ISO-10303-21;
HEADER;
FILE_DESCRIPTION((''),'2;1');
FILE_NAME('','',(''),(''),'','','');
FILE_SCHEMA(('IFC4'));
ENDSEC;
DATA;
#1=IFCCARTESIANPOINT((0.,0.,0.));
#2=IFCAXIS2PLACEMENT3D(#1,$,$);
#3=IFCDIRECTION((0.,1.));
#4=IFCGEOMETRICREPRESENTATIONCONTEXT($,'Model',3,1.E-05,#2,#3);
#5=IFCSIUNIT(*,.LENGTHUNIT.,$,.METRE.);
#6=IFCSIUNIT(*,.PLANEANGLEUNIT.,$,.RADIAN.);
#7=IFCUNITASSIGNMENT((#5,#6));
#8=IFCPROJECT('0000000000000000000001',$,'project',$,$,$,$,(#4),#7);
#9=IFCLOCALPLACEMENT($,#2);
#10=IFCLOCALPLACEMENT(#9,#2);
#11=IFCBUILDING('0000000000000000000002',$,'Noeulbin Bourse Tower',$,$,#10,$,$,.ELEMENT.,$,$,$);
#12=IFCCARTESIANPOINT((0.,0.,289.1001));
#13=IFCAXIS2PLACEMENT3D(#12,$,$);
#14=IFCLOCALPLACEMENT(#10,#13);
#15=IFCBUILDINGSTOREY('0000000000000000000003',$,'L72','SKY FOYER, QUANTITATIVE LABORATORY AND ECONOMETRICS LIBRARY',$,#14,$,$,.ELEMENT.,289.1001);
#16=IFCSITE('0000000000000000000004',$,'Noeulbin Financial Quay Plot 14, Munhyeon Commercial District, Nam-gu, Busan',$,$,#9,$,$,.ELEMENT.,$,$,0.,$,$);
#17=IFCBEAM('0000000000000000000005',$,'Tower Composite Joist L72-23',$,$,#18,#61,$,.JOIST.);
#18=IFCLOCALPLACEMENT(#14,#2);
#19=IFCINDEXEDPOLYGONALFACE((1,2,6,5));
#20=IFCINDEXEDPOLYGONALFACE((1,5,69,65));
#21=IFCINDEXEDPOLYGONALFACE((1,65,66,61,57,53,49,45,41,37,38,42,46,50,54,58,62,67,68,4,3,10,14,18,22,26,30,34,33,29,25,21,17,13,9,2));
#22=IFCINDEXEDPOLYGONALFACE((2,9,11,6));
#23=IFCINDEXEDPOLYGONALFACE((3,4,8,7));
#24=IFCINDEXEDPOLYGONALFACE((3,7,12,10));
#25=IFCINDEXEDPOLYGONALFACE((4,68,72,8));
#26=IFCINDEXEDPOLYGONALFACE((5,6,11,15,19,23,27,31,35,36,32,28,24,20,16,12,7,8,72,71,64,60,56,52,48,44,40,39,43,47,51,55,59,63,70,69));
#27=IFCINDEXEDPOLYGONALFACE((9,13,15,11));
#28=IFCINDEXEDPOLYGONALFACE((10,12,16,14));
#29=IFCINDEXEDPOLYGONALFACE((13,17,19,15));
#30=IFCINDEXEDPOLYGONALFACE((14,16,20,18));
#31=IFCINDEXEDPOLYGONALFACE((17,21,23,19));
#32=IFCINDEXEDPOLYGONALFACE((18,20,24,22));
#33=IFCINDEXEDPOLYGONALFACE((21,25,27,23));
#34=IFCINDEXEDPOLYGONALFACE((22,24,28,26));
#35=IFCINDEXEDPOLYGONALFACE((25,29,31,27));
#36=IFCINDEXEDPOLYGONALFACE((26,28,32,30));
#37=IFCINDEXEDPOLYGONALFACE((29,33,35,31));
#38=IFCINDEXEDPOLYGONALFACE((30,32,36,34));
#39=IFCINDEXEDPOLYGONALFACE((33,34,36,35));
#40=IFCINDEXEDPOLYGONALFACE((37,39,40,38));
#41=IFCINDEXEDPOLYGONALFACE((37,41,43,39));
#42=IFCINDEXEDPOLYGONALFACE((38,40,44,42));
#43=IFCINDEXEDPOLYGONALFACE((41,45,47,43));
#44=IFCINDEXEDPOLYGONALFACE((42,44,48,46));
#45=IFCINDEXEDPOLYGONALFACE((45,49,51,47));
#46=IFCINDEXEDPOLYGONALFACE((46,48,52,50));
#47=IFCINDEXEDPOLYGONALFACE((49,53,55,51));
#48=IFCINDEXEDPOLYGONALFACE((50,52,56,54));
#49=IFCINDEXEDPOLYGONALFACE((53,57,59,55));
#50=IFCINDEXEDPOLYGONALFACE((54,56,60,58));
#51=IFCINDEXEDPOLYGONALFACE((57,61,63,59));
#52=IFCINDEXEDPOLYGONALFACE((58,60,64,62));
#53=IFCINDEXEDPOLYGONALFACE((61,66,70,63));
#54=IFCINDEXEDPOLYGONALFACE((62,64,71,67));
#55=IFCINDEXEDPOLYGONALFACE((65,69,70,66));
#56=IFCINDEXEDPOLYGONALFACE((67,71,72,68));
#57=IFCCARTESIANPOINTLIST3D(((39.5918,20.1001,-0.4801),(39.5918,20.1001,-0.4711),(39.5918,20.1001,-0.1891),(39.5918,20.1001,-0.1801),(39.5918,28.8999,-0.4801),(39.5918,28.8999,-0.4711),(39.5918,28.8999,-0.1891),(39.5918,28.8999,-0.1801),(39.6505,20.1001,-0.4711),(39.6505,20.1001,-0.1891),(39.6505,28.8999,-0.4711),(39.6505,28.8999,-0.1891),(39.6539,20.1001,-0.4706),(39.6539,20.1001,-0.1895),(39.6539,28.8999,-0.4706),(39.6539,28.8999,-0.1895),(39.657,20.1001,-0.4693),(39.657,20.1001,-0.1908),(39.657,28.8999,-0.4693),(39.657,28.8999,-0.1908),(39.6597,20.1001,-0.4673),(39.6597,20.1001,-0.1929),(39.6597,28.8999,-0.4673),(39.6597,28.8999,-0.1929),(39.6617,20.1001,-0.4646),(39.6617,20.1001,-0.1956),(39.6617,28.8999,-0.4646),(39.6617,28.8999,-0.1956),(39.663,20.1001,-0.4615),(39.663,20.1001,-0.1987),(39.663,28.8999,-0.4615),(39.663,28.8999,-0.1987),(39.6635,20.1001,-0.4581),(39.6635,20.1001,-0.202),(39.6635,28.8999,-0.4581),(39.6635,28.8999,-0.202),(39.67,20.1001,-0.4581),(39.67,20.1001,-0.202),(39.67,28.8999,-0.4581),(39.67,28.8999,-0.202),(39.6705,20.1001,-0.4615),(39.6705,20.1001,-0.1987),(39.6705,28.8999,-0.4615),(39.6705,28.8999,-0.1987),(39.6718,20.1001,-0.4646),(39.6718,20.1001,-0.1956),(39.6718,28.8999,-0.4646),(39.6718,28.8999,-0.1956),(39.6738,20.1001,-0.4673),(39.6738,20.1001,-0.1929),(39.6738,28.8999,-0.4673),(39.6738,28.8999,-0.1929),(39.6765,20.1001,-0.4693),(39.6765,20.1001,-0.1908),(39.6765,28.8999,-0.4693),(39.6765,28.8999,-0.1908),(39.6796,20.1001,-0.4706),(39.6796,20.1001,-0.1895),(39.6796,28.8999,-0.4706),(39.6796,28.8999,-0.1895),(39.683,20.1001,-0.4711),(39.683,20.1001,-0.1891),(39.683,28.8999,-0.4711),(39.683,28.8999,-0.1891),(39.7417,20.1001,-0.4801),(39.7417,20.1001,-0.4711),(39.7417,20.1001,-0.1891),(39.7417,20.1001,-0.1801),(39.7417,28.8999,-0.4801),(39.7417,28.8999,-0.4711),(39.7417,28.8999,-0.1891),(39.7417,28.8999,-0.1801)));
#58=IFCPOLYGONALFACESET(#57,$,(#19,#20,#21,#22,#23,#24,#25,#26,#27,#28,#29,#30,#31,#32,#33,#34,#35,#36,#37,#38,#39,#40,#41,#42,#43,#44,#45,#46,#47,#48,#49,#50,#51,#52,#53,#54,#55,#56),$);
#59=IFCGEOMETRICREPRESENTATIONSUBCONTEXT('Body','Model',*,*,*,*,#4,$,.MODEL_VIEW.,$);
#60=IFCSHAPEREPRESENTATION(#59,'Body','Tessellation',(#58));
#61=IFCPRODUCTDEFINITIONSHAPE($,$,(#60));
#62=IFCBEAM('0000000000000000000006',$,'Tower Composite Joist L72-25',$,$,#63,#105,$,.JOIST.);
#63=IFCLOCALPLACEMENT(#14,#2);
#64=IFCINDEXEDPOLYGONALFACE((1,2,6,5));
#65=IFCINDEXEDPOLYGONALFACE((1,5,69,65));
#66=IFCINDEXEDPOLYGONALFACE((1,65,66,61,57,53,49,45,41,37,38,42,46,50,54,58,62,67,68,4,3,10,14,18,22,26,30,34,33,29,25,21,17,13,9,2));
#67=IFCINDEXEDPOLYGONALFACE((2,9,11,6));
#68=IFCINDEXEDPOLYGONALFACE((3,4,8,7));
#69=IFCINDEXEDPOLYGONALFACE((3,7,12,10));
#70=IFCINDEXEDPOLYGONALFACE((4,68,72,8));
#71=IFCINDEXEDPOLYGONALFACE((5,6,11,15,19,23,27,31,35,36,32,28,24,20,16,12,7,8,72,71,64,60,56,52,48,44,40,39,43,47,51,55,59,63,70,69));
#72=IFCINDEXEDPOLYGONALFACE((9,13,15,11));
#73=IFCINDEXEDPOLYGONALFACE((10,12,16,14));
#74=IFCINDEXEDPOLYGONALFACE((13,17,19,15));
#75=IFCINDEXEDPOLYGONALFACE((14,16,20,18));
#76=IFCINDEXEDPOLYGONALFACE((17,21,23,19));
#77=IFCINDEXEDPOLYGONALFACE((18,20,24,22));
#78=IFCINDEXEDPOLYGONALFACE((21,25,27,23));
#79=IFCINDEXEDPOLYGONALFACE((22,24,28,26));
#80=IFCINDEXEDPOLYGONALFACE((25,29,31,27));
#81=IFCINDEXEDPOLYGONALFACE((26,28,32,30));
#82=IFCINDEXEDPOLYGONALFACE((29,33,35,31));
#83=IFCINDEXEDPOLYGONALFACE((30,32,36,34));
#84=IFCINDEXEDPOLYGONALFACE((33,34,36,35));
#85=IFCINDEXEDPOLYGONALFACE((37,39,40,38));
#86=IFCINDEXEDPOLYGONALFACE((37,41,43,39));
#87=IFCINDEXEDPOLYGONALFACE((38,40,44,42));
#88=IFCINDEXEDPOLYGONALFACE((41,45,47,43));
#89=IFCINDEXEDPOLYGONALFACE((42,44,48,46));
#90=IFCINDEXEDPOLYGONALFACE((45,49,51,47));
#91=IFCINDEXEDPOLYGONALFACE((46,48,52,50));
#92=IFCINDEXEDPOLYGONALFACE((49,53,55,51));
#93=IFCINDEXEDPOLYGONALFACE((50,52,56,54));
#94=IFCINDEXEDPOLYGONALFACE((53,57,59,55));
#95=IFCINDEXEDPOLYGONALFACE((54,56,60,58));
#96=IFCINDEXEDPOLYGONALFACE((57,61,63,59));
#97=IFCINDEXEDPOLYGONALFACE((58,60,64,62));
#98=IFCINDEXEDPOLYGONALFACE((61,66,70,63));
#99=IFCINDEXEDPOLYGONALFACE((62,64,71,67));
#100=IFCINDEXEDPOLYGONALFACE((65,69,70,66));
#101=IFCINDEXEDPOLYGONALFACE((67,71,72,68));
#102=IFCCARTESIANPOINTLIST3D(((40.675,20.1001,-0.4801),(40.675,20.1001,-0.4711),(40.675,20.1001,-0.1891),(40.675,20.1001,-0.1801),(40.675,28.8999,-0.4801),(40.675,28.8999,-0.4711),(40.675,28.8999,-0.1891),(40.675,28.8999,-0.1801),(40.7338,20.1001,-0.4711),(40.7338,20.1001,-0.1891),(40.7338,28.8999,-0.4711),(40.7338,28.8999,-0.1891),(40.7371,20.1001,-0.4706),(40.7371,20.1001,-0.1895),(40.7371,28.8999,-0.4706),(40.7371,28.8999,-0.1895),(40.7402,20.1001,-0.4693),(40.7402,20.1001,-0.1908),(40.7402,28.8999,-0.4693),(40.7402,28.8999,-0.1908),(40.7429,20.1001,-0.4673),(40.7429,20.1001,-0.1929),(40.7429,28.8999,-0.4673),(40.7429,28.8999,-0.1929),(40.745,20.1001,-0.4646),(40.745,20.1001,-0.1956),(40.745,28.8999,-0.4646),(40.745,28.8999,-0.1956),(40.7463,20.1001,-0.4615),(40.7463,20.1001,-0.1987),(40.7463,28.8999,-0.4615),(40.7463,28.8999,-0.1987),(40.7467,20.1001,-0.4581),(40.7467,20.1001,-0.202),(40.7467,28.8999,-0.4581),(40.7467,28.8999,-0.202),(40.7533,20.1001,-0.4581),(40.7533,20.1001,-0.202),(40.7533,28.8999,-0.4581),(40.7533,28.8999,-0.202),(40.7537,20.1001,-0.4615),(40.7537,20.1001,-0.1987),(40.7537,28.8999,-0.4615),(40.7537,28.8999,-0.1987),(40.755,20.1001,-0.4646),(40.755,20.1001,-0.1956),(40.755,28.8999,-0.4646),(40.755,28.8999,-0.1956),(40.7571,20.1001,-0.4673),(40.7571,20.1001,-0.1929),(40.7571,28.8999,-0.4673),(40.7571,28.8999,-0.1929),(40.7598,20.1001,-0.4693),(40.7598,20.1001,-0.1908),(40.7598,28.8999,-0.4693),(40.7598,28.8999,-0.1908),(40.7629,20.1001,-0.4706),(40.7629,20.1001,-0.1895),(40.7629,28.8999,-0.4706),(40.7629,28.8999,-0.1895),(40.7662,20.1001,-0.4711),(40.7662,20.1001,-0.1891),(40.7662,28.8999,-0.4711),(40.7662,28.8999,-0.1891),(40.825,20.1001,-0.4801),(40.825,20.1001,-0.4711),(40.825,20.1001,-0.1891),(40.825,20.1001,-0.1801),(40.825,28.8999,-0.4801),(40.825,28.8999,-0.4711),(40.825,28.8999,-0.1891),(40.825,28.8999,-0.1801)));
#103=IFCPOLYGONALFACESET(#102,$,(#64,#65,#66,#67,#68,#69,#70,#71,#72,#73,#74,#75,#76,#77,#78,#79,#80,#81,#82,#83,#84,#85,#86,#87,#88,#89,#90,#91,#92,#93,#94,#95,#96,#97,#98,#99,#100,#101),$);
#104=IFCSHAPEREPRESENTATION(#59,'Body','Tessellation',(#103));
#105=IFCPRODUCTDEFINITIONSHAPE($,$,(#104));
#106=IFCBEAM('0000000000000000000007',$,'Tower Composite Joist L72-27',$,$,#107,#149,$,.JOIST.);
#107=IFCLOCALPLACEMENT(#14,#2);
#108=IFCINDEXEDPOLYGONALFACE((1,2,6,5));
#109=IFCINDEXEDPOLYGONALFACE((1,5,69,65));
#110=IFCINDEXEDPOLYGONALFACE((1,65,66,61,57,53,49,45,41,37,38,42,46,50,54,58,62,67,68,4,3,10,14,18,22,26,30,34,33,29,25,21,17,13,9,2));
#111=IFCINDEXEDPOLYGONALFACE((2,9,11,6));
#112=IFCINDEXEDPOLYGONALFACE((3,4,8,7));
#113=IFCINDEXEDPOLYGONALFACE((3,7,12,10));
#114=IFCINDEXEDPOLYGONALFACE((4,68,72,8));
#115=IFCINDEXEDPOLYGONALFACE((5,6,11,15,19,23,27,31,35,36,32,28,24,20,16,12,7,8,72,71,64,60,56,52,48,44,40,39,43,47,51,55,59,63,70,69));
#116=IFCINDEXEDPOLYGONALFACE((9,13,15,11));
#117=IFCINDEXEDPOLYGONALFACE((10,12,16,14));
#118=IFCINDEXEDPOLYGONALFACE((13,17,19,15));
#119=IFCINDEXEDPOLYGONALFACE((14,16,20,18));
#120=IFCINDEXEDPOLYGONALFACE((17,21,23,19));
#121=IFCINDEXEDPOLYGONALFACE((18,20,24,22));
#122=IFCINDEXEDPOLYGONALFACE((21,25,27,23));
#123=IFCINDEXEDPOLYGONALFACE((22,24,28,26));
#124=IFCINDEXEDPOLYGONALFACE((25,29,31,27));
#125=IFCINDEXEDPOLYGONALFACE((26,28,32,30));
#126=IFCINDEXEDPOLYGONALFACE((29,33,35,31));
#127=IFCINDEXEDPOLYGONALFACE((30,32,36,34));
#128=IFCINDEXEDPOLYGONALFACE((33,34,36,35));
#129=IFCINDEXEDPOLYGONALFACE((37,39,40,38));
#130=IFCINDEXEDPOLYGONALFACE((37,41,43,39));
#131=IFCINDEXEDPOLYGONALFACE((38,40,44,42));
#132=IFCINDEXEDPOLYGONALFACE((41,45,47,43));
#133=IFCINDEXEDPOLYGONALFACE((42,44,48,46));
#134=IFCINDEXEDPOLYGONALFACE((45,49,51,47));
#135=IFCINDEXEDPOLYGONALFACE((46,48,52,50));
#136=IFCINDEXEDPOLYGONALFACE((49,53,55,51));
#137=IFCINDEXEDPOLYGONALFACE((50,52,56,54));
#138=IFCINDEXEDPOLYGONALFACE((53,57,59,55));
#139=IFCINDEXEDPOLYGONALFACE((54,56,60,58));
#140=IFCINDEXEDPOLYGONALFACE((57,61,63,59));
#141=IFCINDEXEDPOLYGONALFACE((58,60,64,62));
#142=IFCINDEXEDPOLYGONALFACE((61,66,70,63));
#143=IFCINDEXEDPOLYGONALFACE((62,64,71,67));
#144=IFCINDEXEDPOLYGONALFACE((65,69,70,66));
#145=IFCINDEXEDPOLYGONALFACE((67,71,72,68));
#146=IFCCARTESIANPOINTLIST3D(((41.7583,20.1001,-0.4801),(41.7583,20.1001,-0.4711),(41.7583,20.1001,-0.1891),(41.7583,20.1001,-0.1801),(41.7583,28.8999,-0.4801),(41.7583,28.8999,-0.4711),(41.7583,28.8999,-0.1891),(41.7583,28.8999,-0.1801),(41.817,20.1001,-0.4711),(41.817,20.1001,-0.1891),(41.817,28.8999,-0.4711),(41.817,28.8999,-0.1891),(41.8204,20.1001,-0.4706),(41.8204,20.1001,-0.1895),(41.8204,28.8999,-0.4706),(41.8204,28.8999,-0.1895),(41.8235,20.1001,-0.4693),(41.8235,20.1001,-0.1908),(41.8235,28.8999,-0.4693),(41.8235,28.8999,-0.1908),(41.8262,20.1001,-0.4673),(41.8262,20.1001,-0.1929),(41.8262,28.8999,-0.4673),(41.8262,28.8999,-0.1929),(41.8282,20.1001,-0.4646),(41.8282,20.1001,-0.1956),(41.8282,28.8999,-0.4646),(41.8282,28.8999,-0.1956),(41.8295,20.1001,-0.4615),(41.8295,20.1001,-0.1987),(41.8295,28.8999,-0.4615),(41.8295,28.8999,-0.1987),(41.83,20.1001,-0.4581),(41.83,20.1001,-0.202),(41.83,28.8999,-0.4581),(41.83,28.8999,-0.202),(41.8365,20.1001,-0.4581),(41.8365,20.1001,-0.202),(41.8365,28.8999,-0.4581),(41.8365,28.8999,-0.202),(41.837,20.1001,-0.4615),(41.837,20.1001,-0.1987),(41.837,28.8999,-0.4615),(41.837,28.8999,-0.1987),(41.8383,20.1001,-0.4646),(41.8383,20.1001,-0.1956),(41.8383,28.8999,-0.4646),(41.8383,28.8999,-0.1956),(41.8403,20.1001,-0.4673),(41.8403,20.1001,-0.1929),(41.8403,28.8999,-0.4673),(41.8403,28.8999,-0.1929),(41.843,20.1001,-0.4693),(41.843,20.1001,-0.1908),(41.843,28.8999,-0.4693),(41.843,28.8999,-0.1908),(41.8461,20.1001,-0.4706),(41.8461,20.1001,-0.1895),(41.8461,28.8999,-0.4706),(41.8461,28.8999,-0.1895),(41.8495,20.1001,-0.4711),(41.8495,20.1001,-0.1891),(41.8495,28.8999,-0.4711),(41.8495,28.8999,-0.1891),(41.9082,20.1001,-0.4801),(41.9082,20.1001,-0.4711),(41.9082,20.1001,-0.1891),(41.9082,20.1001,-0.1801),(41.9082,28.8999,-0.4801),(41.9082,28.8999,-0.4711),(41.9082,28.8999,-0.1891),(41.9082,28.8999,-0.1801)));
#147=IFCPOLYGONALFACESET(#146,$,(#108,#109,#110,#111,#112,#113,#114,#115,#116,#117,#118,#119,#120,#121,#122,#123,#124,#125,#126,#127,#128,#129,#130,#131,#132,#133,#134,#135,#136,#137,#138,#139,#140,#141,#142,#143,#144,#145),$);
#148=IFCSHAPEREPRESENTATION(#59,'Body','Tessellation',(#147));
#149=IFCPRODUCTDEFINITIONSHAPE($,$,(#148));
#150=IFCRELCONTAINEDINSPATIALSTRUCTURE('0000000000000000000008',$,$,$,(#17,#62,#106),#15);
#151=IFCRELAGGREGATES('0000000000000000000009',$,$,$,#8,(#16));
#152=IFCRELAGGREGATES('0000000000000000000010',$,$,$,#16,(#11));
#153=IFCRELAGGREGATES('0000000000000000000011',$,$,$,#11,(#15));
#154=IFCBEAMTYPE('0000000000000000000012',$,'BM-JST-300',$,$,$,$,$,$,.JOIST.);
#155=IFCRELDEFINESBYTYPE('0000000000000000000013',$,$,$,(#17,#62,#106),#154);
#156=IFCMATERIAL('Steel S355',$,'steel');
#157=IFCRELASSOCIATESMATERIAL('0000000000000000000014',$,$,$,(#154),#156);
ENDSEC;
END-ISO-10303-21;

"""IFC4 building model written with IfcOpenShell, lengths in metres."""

from ifc_helpers import new_model, si_unit, direction, frame, origin, origin_2d, place, context, subcontext, project, spatial, i_section, extrude, material, material_profile, profile_set, type_object, element, save


model = new_model("IFC4")

# Units and contexts
model_context = context("Model", 3, precision=1e-05, world=origin(), true_north=direction((0.0, 1.0)))
body_context = subcontext(model_context, "Body", "Model", "MODEL_VIEW")
ifc_project = project(units=[si_unit("LENGTHUNIT", "METRE"), si_unit("PLANEANGLEUNIT", "RADIAN")], contexts=[model_context])

# Site, building, storey
site_placement = place(None, origin())
site = spatial("IfcSite", under=ifc_project, at=site_placement, Name="Noeulbin Financial Quay Plot 14, Munhyeon Commercial District, Nam-gu, Busan", CompositionType="ELEMENT", RefElevation=0.0)
building_placement = place(site_placement, origin())
building = spatial("IfcBuilding", under=site, at=building_placement, Name="Noeulbin Bourse Tower", CompositionType="ELEMENT")
storey_placement = place(building_placement, frame((0.0, 0.0, 289.1001)))
storey = spatial("IfcBuildingStorey", under=building, at=storey_placement, Name="L72", Description="SKY FOYER, QUANTITATIVE LABORATORY AND ECONOMETRICS LIBRARY", CompositionType="ELEMENT", Elevation=289.1001)

# Shared definitions
ifc_material_1 = material(Name="Steel S355", Category="steel")

# Beams
ifc_material_profile_1 = material_profile(ifc_material_1, i_section(OverallWidth=0.1499, OverallDepth=0.3, WebThickness=0.0066, FlangeThickness=0.009, FilletRadius=0.0129, at=origin_2d()), Name="H-300x150x6.5x9", Category="LoadBearing")
ifc_profile_set_1 = profile_set([ifc_material_profile_1], Name="Steel S355")
beam_type_1 = type_object("IfcBeamType", Name="BM-JST-300", PredefinedType="JOIST", material=ifc_profile_set_1)
for number, where, z_axis, x_axis, name in (
    (1, (39.6667, 20.1001, -0.3301), (0.0, 1.0, 0.0), (-1.0, 0.0, 0.0), "Tower Composite Joist L72-23"),
    (2, (40.75, 20.1001, -0.3301), (0.0, 1.0, 0.0), (-1.0, 0.0, 0.0), "Tower Composite Joist L72-25"),
    (3, (41.8333, 20.1001, -0.3301), (0.0, 1.0, 0.0), (-1.0, 0.0, 0.0), "Tower Composite Joist L72-27"),
):
    element("IfcBeam", number, at=place(storey_placement, frame(where, z_axis=z_axis, x_axis=x_axis)), inside=storey, type_object=beam_type_1, Name=name, PredefinedType="JOIST", context=body_context, shape_type="SweptSolid", body=[
        extrude(i_section(OverallWidth=0.1499, OverallDepth=0.3, WebThickness=0.0066, FlangeThickness=0.009, FilletRadius=0.0129, at=origin_2d()), origin(), (0.0, 0.0, 1.0), 8.7998),
    ])

save(model, "model.ifc")
